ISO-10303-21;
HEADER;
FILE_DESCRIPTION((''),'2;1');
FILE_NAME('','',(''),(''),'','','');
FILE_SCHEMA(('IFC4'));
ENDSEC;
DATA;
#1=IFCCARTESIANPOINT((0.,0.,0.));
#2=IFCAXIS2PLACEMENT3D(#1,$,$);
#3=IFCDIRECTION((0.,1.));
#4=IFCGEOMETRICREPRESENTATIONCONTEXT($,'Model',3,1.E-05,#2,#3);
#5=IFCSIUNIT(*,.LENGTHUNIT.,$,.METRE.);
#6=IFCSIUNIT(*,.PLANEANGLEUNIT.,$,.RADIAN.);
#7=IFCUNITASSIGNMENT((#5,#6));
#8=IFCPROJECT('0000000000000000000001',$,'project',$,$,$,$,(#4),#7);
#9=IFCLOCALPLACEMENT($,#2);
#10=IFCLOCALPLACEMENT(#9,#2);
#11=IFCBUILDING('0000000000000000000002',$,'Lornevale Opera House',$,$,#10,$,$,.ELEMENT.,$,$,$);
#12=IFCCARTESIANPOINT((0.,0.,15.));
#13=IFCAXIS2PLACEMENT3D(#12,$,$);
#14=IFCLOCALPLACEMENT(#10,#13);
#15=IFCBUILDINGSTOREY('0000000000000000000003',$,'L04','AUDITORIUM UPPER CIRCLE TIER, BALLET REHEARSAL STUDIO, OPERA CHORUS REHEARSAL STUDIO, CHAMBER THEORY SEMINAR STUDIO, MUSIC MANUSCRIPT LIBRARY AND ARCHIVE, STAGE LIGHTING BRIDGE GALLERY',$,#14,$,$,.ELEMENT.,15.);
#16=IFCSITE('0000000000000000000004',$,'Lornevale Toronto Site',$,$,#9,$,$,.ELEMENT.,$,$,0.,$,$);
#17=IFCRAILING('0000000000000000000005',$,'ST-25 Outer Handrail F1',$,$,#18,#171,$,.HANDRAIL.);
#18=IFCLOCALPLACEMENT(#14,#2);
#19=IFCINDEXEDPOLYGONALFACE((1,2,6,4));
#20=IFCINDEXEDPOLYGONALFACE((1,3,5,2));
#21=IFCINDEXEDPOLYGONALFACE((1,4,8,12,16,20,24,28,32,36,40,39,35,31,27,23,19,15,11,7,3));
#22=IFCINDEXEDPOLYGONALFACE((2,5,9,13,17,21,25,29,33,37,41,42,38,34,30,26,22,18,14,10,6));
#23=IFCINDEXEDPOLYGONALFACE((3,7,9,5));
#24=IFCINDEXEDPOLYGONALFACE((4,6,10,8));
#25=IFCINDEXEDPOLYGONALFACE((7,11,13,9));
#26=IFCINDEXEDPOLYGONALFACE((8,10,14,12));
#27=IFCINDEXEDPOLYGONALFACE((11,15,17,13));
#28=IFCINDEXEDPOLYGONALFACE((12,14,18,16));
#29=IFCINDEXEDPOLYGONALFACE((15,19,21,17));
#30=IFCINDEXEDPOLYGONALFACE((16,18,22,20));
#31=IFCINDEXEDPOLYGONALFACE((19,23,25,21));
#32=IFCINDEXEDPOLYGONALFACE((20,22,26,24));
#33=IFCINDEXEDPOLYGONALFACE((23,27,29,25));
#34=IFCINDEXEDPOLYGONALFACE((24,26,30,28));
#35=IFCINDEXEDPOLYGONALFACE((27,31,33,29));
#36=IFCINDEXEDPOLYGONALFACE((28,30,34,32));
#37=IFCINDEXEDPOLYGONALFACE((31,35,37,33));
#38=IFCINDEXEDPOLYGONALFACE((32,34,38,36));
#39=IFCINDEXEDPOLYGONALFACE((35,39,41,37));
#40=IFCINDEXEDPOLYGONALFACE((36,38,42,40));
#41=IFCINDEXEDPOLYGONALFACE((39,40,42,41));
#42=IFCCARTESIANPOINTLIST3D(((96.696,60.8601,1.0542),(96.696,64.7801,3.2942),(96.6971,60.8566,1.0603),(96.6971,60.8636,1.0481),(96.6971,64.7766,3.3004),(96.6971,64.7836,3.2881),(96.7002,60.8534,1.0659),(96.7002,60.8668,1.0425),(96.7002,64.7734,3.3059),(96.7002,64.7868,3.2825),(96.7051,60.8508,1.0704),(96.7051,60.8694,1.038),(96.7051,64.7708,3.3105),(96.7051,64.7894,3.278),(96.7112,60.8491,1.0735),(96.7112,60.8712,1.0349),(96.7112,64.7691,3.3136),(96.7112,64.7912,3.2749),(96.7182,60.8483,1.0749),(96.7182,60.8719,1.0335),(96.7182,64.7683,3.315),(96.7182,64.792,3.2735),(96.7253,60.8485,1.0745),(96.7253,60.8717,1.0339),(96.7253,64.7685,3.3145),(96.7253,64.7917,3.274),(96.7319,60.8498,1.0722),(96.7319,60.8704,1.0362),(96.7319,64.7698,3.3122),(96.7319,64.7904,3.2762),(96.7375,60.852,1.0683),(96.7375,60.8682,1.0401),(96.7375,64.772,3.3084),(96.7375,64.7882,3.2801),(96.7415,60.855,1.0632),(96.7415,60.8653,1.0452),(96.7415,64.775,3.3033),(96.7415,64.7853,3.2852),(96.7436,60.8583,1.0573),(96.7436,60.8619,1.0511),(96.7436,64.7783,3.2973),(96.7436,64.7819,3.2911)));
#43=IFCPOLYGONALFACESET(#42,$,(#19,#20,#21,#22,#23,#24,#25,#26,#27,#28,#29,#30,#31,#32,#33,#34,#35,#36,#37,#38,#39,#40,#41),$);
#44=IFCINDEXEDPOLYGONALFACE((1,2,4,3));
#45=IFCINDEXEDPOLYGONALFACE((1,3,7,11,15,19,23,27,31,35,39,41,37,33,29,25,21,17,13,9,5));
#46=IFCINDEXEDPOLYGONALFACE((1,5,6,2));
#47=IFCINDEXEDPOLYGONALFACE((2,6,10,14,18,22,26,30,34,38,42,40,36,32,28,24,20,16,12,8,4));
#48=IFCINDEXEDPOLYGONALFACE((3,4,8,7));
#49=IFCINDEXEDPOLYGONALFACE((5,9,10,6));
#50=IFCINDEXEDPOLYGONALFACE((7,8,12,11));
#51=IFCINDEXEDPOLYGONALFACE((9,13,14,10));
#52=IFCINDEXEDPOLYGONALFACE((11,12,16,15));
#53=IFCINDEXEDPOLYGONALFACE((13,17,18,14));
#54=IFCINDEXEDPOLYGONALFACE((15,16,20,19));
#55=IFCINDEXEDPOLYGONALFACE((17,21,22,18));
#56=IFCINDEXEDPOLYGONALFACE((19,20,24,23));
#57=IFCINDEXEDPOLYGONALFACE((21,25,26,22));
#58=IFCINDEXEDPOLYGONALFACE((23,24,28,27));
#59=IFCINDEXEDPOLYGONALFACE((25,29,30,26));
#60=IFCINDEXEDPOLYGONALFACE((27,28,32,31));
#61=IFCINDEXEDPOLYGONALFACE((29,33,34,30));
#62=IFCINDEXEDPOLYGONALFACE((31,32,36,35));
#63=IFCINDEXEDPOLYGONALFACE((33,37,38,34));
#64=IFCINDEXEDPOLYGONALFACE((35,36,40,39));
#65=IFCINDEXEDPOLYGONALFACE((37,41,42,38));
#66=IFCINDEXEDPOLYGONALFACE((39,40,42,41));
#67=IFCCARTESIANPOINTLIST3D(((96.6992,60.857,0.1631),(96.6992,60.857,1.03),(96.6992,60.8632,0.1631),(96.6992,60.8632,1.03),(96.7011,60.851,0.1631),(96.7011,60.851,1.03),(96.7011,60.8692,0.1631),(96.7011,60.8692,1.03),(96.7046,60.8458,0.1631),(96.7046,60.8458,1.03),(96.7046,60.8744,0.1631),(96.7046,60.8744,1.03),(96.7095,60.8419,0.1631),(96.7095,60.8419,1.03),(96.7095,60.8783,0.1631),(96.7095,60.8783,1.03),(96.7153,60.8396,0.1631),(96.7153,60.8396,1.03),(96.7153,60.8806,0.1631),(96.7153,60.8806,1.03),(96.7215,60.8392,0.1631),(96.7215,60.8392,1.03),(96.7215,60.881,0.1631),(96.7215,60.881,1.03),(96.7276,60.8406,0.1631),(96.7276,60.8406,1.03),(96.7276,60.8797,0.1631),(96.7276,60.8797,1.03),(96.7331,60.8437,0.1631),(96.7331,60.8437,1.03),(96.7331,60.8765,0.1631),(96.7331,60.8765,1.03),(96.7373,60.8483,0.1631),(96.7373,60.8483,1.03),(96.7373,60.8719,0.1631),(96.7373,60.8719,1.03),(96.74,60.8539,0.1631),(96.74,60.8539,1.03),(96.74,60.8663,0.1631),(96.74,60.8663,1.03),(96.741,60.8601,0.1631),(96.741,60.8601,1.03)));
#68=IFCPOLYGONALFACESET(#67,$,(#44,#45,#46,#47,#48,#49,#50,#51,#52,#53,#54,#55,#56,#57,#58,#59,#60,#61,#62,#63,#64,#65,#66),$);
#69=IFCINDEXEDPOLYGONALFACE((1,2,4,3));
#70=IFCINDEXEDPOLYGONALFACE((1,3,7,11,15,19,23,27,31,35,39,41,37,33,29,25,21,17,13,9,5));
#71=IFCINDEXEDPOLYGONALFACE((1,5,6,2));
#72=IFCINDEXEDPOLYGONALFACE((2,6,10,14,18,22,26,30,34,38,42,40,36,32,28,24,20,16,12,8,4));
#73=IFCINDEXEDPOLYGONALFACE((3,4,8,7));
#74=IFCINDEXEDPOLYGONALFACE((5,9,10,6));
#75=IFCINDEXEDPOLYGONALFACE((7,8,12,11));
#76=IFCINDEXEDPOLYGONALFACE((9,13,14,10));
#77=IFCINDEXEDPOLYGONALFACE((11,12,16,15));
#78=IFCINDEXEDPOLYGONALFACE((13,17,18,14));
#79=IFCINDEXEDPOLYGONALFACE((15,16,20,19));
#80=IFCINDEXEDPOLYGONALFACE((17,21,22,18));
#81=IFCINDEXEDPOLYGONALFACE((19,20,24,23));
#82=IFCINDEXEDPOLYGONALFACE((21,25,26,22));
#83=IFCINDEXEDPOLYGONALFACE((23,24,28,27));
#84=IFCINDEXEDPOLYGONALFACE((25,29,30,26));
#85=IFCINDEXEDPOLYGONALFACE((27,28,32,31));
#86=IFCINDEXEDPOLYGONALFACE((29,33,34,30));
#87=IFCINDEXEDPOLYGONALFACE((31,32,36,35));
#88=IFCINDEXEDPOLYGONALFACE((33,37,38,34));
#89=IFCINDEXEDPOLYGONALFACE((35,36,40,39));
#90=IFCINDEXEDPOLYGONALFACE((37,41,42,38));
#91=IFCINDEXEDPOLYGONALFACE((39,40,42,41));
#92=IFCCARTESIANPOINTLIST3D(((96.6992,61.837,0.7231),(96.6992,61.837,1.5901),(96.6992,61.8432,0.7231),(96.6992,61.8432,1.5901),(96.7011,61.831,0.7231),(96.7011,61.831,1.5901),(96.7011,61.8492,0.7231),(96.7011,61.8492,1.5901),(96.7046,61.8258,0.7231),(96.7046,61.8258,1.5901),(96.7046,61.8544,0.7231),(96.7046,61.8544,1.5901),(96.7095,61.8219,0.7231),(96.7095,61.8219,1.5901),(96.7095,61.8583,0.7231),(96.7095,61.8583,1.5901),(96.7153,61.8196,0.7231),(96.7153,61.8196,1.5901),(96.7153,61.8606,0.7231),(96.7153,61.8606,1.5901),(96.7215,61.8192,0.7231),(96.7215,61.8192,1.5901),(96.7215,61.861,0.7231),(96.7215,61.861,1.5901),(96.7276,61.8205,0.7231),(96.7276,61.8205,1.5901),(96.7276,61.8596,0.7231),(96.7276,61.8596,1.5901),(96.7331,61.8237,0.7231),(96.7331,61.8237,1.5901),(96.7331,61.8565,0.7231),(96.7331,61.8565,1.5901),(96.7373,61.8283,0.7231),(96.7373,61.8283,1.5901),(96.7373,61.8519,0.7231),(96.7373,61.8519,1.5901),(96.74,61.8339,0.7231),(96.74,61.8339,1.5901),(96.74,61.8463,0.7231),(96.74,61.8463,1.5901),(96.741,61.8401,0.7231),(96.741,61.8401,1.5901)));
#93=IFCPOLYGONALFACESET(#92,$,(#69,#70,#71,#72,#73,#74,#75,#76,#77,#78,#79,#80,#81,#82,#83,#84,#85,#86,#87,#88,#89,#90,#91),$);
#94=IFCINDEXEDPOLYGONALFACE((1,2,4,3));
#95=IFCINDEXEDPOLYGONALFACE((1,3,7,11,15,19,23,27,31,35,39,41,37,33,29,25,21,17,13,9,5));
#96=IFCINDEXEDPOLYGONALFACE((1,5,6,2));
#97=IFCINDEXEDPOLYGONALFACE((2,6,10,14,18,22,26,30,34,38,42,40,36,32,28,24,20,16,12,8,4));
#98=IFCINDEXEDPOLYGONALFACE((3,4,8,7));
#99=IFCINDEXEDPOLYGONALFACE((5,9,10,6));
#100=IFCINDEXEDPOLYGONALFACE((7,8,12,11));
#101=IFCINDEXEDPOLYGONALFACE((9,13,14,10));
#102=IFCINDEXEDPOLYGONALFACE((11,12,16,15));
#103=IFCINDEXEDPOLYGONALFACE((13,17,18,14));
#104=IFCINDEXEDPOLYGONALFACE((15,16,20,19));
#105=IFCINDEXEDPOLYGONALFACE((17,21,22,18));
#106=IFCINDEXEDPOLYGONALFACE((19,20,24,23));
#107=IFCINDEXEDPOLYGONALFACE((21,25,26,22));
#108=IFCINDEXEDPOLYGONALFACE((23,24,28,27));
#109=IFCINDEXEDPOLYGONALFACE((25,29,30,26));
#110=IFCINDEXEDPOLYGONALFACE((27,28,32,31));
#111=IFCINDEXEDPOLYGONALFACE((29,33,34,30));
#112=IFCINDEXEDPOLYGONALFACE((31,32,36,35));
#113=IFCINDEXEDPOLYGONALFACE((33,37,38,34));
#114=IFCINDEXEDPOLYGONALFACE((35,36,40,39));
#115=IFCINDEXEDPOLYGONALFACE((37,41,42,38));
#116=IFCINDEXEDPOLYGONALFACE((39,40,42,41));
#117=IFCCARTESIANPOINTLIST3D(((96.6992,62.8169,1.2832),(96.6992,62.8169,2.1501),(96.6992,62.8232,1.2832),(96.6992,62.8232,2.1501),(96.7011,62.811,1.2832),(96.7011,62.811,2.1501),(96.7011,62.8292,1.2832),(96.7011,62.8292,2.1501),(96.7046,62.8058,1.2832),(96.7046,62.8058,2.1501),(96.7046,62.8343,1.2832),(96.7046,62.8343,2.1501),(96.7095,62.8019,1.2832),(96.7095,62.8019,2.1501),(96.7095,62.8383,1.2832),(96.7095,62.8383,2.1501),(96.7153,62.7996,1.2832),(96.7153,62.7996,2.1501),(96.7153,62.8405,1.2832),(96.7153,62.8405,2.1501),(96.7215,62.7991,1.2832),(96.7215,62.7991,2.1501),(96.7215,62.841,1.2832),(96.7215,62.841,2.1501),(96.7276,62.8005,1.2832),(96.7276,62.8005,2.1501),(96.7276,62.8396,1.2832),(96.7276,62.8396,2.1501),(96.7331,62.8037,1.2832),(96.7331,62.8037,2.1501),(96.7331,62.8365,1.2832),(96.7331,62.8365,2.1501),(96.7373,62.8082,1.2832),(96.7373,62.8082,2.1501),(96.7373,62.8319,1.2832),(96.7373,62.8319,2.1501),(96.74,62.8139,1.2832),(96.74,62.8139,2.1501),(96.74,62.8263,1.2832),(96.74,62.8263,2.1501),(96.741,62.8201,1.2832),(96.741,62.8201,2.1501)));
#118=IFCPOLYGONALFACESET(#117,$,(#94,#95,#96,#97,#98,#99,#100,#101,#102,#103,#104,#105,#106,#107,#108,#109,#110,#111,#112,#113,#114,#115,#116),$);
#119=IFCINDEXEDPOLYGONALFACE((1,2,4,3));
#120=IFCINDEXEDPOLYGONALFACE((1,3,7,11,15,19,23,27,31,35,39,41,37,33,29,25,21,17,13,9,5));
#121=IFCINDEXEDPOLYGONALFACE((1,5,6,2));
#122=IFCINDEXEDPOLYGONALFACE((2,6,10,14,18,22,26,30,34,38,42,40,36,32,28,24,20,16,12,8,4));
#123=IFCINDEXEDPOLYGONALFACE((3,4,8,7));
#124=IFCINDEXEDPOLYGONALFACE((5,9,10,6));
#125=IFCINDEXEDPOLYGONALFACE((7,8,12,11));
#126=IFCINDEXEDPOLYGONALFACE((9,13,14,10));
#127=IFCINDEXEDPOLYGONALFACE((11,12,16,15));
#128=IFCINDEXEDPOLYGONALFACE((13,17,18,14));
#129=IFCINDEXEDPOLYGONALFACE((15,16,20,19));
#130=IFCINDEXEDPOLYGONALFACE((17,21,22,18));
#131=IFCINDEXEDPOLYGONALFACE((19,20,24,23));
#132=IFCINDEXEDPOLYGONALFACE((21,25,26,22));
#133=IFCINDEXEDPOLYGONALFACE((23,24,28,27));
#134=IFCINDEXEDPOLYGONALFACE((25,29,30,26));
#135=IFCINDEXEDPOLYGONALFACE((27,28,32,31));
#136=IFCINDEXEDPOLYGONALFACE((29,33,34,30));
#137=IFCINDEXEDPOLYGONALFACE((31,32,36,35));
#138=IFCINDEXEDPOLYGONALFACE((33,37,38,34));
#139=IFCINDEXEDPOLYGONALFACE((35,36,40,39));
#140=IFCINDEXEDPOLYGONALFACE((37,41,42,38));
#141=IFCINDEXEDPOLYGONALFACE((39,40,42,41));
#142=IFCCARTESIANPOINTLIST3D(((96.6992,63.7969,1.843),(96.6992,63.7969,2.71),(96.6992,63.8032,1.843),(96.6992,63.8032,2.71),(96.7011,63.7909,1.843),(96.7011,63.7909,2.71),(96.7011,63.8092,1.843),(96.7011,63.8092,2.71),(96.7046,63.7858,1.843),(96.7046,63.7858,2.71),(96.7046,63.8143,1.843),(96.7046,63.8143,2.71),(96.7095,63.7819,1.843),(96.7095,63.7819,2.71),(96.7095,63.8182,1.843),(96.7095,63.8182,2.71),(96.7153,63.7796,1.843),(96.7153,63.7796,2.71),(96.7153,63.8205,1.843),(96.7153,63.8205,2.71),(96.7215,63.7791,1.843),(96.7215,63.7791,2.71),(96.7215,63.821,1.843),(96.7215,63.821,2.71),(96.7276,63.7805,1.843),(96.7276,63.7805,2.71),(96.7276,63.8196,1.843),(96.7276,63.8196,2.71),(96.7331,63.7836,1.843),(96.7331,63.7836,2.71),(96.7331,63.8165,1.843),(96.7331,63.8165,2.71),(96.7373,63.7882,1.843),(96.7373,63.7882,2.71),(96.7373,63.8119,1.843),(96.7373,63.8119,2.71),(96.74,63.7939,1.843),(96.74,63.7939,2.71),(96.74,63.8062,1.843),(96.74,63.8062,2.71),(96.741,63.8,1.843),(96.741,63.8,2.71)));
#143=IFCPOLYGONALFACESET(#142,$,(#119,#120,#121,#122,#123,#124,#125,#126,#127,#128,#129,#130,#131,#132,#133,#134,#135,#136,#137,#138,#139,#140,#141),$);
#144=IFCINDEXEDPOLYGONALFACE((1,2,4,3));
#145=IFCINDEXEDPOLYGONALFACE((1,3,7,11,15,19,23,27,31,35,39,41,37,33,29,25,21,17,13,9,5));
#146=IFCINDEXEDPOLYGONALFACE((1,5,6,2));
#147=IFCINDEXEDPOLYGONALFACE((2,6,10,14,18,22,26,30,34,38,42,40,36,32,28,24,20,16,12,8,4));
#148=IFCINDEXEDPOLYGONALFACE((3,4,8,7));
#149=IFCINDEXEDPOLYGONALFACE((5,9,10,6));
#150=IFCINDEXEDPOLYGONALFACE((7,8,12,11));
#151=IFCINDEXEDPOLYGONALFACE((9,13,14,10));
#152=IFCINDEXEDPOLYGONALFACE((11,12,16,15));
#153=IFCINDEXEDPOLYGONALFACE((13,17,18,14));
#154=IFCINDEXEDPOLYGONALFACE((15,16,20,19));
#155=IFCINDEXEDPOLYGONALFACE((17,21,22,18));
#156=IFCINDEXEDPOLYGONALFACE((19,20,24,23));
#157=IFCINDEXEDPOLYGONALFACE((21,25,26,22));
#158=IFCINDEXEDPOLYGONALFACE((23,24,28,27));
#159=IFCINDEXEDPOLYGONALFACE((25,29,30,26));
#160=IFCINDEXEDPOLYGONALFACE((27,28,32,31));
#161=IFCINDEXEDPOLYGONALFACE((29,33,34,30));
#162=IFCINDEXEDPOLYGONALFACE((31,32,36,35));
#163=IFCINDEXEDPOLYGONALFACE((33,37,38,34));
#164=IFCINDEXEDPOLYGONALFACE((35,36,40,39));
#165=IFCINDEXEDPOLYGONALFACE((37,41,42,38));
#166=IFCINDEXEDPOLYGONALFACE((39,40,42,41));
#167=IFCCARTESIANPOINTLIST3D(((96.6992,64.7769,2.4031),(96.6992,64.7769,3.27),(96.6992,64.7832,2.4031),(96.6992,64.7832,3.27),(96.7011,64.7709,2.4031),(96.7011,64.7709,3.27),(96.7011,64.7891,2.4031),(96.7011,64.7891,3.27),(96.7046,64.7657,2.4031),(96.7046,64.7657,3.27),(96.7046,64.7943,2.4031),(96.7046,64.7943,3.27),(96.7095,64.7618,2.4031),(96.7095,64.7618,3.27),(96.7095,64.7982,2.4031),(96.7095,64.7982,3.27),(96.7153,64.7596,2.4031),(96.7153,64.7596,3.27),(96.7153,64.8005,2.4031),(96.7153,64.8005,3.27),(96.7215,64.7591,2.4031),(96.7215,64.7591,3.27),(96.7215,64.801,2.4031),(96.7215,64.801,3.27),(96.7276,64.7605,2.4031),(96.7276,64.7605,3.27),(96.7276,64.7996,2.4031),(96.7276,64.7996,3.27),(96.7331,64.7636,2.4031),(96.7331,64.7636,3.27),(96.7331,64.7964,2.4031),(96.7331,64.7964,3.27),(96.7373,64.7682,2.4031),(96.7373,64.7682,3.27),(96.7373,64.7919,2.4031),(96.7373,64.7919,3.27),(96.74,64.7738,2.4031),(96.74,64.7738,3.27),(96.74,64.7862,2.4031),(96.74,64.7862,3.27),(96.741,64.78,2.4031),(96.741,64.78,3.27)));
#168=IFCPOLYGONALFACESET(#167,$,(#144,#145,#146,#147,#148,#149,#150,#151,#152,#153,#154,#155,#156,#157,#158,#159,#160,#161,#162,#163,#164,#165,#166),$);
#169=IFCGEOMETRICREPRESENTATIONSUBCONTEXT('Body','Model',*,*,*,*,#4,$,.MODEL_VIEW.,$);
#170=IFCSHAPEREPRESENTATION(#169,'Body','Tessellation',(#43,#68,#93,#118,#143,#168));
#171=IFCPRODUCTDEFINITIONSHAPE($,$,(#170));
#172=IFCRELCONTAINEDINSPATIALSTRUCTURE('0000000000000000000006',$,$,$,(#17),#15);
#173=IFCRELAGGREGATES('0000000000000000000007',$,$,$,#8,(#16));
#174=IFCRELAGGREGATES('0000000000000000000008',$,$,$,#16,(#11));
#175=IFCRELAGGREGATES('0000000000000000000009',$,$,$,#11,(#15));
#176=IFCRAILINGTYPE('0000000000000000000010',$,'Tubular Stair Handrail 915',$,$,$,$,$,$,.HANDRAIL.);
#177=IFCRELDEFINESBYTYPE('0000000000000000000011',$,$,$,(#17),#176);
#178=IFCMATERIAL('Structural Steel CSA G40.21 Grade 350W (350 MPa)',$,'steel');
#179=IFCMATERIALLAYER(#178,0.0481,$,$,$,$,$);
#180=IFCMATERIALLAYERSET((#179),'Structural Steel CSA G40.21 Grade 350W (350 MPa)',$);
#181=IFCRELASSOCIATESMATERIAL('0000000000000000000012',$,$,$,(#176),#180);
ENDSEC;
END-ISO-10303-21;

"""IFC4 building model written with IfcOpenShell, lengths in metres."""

from ifc_helpers import new_model, si_unit, direction, frame, origin, origin_2d, place, context, subcontext, project, spatial, circle, extrude, material, layer, layer_set, type_object, element, save


model = new_model("IFC4")

# Units and contexts
model_context = context("Model", 3, precision=1e-05, world=origin(), true_north=direction((0.0, 1.0)))
body_context = subcontext(model_context, "Body", "Model", "MODEL_VIEW")
ifc_project = project(units=[si_unit("LENGTHUNIT", "METRE"), si_unit("PLANEANGLEUNIT", "RADIAN")], contexts=[model_context])

# Site, building, storey
site_placement = place(None, origin())
site = spatial("IfcSite", under=ifc_project, at=site_placement, Name="Lornevale Toronto Site", CompositionType="ELEMENT", RefElevation=0.0)
building_placement = place(site_placement, origin())
building = spatial("IfcBuilding", under=site, at=building_placement, Name="Lornevale Opera House", CompositionType="ELEMENT")
storey_placement = place(building_placement, frame((0.0, 0.0, 15.0)))
storey = spatial("IfcBuildingStorey", under=building, at=storey_placement, Name="L04", Description="AUDITORIUM UPPER CIRCLE TIER, BALLET REHEARSAL STUDIO, OPERA CHORUS REHEARSAL STUDIO, CHAMBER THEORY SEMINAR STUDIO, MUSIC MANUSCRIPT LIBRARY AND ARCHIVE, STAGE LIGHTING BRIDGE GALLERY", CompositionType="ELEMENT", Elevation=15.0)

# Shared definitions
ifc_material_1 = material(Name="Structural Steel CSA G40.21 Grade 350W (350 MPa)", Category="steel")

# Railing
ifc_layer_1 = layer(ifc_material_1, 0.0481)
ifc_layer_set_1 = layer_set([ifc_layer_1], Name="Structural Steel CSA G40.21 Grade 350W (350 MPa)")
railing_type_1 = type_object("IfcRailingType", Name="Tubular Stair Handrail 915", PredefinedType="HANDRAIL", material=ifc_layer_set_1)
railing_1_placement = place(storey_placement, frame((96.72, 60.8601, 0.1631)))
element("IfcRailing", 1, at=railing_1_placement, inside=storey, type_object=railing_type_1, Name="ST-25 Outer Handrail F1", PredefinedType="HANDRAIL", context=body_context, shape_type="SweptSolid", body=[
    extrude(circle(Radius=0.0239, at=origin_2d()), frame((0.0, 0.0, 0.8911), z_axis=(0.0, 0.86824, 0.496145), x_axis=(-1.0, 0.0, 0.0)), (0.0, 0.0, 1.0), 4.5149),
    extrude(circle(Radius=0.021, at=origin_2d()), origin(), (0.0, 0.0, 1.0), 0.8669),
    extrude(circle(Radius=0.021, at=origin_2d()), frame((0.0, 0.98, 0.5601)), (0.0, 0.0, 1.0), 0.8669),
    extrude(circle(Radius=0.021, at=origin_2d()), frame((0.0, 1.96, 1.1201)), (0.0, 0.0, 1.0), 0.8669),
    extrude(circle(Radius=0.021, at=origin_2d()), frame((0.0, 2.9399, 1.6799)), (0.0, 0.0, 1.0), 0.8669),
    extrude(circle(Radius=0.021, at=origin_2d()), frame((0.0, 3.9199, 2.24)), (0.0, 0.0, 1.0), 0.8669),
])

save(model, "model.ifc")
